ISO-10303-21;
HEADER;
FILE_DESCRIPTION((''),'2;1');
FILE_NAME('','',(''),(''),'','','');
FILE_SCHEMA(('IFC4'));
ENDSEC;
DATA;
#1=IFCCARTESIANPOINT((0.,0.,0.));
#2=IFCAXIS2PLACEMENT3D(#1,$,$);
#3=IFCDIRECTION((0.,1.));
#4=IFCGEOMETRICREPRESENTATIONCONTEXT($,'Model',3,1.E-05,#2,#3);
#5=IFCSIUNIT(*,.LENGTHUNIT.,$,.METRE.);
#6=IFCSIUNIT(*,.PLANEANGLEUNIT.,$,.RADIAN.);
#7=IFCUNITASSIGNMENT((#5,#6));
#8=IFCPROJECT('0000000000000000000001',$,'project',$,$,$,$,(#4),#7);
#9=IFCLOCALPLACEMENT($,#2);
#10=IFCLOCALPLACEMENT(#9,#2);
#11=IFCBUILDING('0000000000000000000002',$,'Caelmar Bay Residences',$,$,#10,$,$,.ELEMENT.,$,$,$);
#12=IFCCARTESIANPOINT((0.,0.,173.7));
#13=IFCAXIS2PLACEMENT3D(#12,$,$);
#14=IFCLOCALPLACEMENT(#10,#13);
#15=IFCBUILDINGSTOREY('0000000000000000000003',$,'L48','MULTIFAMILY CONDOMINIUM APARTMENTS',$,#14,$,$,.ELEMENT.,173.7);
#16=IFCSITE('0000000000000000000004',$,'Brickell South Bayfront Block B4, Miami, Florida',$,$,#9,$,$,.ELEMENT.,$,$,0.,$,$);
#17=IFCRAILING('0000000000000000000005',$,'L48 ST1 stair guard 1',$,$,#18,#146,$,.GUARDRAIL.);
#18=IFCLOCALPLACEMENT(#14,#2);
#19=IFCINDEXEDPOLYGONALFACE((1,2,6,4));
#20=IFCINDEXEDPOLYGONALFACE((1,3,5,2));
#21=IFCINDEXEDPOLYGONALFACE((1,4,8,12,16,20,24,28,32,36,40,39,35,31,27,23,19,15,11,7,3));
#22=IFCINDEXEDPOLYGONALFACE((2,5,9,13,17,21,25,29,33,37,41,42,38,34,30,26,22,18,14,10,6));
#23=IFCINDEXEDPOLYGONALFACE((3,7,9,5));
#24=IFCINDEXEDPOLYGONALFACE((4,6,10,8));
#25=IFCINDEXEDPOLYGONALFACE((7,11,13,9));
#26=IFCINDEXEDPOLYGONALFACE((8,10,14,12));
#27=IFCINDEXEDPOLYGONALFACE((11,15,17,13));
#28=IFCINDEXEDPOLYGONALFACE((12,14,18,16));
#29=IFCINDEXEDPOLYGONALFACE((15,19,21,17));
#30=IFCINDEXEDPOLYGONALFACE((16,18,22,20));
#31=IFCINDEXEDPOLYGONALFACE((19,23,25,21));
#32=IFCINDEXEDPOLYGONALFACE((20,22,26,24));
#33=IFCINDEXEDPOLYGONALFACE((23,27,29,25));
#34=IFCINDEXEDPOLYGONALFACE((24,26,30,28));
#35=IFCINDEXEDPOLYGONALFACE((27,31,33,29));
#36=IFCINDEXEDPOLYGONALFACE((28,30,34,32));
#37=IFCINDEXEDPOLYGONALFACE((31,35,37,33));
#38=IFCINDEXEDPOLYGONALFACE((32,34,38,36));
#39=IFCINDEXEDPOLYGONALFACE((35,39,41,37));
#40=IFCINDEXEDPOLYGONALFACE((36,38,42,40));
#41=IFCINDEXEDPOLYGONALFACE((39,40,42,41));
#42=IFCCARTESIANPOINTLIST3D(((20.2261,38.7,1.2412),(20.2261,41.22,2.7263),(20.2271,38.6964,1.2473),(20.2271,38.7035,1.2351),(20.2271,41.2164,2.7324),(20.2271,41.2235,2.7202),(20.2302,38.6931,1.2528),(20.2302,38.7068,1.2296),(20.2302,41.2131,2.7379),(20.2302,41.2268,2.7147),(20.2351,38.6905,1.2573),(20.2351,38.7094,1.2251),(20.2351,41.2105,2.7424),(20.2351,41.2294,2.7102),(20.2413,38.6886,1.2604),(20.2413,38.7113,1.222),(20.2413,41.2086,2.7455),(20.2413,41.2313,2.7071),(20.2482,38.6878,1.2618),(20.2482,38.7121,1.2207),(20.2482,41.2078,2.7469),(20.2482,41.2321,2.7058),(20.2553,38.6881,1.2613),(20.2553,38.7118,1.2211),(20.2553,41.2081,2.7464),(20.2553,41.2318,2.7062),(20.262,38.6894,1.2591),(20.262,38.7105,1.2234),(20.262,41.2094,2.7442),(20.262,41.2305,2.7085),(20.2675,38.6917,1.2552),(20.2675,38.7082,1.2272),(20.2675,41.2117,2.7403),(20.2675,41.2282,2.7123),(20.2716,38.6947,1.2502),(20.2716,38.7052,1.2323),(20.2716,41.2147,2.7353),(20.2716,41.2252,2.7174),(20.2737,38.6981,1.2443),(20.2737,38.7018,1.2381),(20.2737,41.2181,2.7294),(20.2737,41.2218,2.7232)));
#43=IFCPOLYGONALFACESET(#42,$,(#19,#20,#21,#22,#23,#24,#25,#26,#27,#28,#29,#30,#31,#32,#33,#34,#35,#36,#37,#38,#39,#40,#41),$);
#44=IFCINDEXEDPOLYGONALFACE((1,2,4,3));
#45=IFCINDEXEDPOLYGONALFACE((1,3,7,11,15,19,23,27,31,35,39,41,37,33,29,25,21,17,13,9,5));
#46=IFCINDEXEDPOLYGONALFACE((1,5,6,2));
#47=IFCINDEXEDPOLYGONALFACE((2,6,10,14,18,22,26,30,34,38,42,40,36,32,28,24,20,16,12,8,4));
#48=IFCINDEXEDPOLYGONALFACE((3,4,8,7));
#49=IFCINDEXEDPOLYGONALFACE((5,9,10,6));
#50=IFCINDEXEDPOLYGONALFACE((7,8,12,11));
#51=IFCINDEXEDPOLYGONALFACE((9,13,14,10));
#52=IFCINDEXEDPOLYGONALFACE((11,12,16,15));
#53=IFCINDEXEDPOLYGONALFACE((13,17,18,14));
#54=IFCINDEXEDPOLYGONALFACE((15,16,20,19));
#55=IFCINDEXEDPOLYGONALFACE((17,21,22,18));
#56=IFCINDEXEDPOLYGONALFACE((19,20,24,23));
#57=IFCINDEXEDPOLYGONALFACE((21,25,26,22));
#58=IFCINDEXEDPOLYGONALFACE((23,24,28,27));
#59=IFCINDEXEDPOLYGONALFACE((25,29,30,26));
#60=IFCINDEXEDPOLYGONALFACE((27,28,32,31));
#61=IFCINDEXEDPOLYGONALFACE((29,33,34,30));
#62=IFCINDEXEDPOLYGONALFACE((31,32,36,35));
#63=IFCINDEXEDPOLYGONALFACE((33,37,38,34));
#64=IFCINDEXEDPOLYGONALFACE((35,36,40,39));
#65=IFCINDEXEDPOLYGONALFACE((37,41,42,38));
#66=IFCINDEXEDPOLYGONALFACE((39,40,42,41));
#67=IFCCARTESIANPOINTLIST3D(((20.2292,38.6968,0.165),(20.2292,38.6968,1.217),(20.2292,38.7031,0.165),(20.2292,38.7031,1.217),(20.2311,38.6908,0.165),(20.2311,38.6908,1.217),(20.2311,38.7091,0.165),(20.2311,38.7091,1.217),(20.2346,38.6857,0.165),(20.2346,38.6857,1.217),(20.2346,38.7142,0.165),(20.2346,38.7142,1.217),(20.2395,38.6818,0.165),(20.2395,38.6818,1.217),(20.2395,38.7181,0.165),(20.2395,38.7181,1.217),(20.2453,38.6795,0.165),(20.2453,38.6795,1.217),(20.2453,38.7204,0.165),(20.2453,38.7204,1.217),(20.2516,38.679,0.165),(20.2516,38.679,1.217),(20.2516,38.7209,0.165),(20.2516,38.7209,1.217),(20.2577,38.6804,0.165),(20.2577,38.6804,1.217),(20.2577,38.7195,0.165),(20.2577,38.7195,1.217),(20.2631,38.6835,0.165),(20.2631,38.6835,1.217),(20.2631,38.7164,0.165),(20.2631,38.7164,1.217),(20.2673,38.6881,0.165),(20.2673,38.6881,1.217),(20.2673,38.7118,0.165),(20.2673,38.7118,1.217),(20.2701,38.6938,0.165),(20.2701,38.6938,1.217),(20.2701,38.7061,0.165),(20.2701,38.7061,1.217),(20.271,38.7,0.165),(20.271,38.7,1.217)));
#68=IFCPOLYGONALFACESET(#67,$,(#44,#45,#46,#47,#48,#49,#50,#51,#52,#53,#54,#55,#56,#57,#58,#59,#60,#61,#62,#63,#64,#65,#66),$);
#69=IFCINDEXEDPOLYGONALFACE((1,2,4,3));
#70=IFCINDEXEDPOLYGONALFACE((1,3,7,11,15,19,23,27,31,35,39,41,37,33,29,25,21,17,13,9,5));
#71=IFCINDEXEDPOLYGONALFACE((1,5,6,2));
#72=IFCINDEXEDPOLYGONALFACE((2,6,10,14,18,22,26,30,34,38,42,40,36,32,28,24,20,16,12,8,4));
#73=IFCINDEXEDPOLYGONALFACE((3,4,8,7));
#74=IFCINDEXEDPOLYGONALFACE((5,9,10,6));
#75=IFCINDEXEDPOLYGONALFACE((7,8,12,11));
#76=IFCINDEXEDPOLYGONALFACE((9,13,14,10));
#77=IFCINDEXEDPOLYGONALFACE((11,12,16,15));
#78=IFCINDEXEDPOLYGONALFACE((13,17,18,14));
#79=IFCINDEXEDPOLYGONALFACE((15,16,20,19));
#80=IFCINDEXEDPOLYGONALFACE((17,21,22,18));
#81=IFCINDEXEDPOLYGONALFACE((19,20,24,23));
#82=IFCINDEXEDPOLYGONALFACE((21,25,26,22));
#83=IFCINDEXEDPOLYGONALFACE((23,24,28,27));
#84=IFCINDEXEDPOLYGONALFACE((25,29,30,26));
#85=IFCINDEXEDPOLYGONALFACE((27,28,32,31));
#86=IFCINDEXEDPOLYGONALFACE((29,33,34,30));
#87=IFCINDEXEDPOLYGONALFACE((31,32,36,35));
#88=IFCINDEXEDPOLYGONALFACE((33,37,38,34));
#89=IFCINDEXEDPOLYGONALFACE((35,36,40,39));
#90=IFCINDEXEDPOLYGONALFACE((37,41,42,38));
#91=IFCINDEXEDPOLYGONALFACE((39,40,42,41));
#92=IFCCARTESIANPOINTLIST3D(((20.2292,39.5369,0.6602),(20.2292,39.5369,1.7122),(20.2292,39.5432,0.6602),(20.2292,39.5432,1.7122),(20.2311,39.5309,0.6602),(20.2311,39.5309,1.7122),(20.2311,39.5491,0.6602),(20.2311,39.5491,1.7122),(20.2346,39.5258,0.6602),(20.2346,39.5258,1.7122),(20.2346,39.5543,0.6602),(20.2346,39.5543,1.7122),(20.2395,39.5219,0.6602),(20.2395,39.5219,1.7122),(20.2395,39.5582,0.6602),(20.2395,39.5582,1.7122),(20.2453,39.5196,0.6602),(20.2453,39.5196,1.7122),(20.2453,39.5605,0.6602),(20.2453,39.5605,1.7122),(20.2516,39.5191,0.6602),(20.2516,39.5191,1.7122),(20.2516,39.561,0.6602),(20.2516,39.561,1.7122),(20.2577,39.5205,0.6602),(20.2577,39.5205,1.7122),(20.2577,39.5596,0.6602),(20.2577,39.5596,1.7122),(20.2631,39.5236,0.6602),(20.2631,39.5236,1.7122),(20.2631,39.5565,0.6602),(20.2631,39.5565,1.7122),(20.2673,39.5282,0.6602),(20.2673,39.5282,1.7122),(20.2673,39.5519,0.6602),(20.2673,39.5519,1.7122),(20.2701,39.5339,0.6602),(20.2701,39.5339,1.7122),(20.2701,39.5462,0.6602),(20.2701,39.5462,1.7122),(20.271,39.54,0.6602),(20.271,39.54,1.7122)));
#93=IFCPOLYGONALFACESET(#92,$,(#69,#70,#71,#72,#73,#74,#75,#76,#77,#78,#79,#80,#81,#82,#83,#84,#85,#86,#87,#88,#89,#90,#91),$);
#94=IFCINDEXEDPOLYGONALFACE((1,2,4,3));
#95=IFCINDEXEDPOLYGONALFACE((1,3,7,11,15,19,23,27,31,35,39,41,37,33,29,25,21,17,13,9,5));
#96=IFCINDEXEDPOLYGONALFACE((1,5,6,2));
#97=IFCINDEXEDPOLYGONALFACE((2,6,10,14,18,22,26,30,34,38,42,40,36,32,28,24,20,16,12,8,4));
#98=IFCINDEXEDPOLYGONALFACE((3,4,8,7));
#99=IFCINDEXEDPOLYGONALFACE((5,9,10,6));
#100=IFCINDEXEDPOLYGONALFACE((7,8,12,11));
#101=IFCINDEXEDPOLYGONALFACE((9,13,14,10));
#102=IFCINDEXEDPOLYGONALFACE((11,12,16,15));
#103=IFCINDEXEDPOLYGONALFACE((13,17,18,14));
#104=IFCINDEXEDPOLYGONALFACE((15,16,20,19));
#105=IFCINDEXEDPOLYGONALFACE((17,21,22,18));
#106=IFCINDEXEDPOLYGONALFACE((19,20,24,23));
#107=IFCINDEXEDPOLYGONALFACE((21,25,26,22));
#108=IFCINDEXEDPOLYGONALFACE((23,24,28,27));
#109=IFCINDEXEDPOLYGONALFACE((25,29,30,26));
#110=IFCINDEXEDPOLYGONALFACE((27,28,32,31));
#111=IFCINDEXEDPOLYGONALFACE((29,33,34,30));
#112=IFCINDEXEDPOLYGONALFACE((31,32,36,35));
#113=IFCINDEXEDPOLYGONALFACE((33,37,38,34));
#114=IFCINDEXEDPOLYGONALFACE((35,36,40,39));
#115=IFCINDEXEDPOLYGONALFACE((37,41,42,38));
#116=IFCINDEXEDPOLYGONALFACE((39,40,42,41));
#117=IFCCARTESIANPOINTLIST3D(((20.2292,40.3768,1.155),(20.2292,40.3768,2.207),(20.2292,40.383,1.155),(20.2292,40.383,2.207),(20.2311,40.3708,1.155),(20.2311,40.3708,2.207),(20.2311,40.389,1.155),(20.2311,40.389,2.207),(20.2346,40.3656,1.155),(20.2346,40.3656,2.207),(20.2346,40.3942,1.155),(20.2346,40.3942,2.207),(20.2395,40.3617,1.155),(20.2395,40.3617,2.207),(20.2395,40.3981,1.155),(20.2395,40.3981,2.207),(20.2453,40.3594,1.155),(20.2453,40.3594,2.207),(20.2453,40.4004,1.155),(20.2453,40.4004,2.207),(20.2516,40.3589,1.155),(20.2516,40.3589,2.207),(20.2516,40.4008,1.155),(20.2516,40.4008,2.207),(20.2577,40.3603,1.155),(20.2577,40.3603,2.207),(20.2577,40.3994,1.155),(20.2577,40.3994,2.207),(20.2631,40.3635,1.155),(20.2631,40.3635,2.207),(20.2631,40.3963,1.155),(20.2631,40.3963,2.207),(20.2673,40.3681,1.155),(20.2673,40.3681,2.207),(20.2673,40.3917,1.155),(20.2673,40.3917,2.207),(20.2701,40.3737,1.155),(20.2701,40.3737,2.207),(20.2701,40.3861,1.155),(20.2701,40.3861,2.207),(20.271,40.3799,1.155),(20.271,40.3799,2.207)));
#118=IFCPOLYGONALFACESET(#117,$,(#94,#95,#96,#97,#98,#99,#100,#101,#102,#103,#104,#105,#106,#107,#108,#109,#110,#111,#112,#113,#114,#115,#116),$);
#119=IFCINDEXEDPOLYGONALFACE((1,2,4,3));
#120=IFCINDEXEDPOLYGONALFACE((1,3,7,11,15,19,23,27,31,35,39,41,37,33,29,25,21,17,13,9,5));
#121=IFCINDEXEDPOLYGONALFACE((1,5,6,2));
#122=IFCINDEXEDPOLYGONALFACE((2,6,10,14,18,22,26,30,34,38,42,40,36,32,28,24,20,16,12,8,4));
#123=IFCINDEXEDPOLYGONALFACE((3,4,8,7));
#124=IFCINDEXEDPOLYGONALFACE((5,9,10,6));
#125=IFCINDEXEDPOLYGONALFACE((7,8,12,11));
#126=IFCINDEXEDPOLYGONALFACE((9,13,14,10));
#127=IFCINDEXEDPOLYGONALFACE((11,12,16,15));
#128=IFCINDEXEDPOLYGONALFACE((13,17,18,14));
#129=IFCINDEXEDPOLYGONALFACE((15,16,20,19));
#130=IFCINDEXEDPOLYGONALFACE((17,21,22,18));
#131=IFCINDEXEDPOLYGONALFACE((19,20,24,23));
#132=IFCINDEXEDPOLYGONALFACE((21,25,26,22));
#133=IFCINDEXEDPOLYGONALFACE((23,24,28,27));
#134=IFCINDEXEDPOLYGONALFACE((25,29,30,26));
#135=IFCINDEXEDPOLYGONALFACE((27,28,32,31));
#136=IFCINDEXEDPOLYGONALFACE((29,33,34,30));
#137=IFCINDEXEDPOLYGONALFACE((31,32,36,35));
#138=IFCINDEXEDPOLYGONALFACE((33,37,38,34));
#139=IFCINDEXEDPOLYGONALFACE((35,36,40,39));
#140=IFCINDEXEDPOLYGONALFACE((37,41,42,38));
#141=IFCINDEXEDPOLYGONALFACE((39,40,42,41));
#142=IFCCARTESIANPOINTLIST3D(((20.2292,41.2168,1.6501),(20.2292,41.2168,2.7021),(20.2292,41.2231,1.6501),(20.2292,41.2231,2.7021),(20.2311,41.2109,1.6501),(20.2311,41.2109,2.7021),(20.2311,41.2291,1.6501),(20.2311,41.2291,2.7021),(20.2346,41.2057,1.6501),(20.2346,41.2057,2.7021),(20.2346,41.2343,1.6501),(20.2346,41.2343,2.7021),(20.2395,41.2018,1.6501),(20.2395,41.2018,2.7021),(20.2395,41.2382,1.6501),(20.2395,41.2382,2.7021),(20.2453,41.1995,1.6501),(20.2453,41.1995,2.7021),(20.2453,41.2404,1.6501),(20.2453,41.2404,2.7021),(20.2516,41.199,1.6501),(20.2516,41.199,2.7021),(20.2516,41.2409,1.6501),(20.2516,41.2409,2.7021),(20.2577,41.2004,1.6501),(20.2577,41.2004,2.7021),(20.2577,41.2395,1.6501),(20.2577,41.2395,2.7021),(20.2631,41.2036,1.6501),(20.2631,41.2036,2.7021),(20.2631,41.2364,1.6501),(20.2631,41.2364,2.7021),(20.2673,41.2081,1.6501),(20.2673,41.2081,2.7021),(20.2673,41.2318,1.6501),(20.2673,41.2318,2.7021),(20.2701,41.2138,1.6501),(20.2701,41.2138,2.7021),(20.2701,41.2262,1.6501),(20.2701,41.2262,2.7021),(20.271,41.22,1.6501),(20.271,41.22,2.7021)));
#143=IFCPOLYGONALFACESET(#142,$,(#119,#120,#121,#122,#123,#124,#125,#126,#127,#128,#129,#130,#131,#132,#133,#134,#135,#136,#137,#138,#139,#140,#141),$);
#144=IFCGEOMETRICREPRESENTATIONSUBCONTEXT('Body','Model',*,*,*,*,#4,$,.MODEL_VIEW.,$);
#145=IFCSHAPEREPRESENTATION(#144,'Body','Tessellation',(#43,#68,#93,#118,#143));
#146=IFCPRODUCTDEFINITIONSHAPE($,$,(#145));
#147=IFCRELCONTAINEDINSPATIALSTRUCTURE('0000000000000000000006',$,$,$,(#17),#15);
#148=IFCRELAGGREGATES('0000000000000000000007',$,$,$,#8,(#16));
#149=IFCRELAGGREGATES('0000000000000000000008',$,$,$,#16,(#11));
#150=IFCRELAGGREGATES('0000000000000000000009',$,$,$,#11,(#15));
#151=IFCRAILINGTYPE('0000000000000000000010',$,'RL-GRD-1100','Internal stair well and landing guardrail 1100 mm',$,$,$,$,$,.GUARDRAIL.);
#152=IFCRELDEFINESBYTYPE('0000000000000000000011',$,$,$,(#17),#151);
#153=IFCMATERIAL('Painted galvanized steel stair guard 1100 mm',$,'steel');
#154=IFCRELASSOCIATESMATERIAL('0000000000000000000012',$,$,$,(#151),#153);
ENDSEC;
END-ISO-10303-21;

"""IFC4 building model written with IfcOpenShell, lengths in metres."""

from ifc_helpers import new_model, si_unit, direction, frame, origin, origin_2d, place, context, subcontext, project, spatial, circle, extrude, material, type_object, element, save


model = new_model("IFC4")

# Units and contexts
model_context = context("Model", 3, precision=1e-05, world=origin(), true_north=direction((0.0, 1.0)))
body_context = subcontext(model_context, "Body", "Model", "MODEL_VIEW")
ifc_project = project(units=[si_unit("LENGTHUNIT", "METRE"), si_unit("PLANEANGLEUNIT", "RADIAN")], contexts=[model_context])

# Site, building, storey
site_placement = place(None, origin())
site = spatial("IfcSite", under=ifc_project, at=site_placement, Name="Brickell South Bayfront Block B4, Miami, Florida", CompositionType="ELEMENT", RefElevation=0.0)
building_placement = place(site_placement, origin())
building = spatial("IfcBuilding", under=site, at=building_placement, Name="Caelmar Bay Residences", CompositionType="ELEMENT")
storey_placement = place(building_placement, frame((0.0, 0.0, 173.7)))
storey = spatial("IfcBuildingStorey", under=building, at=storey_placement, Name="L48", Description="MULTIFAMILY CONDOMINIUM APARTMENTS", CompositionType="ELEMENT", Elevation=173.7)

# Railing
ifc_material_1 = material(Name="Painted galvanized steel stair guard 1100 mm", Category="steel")
railing_type_1 = type_object("IfcRailingType", Name="RL-GRD-1100", Description="Internal stair well and landing guardrail 1100 mm", PredefinedType="GUARDRAIL", material=ifc_material_1)
railing_1_placement = place(storey_placement, frame((20.25, 38.7, 0.165)))
element("IfcRailing", 1, at=railing_1_placement, inside=storey, type_object=railing_type_1, Name="L48 ST1 stair guard 1", PredefinedType="GUARDRAIL", context=body_context, shape_type="SweptSolid", body=[
    extrude(circle(Radius=0.0239, at=origin_2d()), frame((0.0, 0.0, 1.0762), z_axis=(0.0, 0.861524, 0.507717), x_axis=(-1.0, 0.0, 0.0)), (0.0, 0.0, 1.0), 2.925),
    extrude(circle(Radius=0.021, at=origin_2d()), origin(), (0.0, 0.0, 1.0), 1.052),
    extrude(circle(Radius=0.021, at=origin_2d()), frame((0.0, 0.8401, 0.4951)), (0.0, 0.0, 1.0), 1.052),
    extrude(circle(Radius=0.021, at=origin_2d()), frame((0.0, 1.6799, 0.99)), (0.0, 0.0, 1.0), 1.052),
    extrude(circle(Radius=0.021, at=origin_2d()), frame((0.0, 2.52, 1.4851)), (0.0, 0.0, 1.0), 1.052),
])

save(model, "model.ifc")
